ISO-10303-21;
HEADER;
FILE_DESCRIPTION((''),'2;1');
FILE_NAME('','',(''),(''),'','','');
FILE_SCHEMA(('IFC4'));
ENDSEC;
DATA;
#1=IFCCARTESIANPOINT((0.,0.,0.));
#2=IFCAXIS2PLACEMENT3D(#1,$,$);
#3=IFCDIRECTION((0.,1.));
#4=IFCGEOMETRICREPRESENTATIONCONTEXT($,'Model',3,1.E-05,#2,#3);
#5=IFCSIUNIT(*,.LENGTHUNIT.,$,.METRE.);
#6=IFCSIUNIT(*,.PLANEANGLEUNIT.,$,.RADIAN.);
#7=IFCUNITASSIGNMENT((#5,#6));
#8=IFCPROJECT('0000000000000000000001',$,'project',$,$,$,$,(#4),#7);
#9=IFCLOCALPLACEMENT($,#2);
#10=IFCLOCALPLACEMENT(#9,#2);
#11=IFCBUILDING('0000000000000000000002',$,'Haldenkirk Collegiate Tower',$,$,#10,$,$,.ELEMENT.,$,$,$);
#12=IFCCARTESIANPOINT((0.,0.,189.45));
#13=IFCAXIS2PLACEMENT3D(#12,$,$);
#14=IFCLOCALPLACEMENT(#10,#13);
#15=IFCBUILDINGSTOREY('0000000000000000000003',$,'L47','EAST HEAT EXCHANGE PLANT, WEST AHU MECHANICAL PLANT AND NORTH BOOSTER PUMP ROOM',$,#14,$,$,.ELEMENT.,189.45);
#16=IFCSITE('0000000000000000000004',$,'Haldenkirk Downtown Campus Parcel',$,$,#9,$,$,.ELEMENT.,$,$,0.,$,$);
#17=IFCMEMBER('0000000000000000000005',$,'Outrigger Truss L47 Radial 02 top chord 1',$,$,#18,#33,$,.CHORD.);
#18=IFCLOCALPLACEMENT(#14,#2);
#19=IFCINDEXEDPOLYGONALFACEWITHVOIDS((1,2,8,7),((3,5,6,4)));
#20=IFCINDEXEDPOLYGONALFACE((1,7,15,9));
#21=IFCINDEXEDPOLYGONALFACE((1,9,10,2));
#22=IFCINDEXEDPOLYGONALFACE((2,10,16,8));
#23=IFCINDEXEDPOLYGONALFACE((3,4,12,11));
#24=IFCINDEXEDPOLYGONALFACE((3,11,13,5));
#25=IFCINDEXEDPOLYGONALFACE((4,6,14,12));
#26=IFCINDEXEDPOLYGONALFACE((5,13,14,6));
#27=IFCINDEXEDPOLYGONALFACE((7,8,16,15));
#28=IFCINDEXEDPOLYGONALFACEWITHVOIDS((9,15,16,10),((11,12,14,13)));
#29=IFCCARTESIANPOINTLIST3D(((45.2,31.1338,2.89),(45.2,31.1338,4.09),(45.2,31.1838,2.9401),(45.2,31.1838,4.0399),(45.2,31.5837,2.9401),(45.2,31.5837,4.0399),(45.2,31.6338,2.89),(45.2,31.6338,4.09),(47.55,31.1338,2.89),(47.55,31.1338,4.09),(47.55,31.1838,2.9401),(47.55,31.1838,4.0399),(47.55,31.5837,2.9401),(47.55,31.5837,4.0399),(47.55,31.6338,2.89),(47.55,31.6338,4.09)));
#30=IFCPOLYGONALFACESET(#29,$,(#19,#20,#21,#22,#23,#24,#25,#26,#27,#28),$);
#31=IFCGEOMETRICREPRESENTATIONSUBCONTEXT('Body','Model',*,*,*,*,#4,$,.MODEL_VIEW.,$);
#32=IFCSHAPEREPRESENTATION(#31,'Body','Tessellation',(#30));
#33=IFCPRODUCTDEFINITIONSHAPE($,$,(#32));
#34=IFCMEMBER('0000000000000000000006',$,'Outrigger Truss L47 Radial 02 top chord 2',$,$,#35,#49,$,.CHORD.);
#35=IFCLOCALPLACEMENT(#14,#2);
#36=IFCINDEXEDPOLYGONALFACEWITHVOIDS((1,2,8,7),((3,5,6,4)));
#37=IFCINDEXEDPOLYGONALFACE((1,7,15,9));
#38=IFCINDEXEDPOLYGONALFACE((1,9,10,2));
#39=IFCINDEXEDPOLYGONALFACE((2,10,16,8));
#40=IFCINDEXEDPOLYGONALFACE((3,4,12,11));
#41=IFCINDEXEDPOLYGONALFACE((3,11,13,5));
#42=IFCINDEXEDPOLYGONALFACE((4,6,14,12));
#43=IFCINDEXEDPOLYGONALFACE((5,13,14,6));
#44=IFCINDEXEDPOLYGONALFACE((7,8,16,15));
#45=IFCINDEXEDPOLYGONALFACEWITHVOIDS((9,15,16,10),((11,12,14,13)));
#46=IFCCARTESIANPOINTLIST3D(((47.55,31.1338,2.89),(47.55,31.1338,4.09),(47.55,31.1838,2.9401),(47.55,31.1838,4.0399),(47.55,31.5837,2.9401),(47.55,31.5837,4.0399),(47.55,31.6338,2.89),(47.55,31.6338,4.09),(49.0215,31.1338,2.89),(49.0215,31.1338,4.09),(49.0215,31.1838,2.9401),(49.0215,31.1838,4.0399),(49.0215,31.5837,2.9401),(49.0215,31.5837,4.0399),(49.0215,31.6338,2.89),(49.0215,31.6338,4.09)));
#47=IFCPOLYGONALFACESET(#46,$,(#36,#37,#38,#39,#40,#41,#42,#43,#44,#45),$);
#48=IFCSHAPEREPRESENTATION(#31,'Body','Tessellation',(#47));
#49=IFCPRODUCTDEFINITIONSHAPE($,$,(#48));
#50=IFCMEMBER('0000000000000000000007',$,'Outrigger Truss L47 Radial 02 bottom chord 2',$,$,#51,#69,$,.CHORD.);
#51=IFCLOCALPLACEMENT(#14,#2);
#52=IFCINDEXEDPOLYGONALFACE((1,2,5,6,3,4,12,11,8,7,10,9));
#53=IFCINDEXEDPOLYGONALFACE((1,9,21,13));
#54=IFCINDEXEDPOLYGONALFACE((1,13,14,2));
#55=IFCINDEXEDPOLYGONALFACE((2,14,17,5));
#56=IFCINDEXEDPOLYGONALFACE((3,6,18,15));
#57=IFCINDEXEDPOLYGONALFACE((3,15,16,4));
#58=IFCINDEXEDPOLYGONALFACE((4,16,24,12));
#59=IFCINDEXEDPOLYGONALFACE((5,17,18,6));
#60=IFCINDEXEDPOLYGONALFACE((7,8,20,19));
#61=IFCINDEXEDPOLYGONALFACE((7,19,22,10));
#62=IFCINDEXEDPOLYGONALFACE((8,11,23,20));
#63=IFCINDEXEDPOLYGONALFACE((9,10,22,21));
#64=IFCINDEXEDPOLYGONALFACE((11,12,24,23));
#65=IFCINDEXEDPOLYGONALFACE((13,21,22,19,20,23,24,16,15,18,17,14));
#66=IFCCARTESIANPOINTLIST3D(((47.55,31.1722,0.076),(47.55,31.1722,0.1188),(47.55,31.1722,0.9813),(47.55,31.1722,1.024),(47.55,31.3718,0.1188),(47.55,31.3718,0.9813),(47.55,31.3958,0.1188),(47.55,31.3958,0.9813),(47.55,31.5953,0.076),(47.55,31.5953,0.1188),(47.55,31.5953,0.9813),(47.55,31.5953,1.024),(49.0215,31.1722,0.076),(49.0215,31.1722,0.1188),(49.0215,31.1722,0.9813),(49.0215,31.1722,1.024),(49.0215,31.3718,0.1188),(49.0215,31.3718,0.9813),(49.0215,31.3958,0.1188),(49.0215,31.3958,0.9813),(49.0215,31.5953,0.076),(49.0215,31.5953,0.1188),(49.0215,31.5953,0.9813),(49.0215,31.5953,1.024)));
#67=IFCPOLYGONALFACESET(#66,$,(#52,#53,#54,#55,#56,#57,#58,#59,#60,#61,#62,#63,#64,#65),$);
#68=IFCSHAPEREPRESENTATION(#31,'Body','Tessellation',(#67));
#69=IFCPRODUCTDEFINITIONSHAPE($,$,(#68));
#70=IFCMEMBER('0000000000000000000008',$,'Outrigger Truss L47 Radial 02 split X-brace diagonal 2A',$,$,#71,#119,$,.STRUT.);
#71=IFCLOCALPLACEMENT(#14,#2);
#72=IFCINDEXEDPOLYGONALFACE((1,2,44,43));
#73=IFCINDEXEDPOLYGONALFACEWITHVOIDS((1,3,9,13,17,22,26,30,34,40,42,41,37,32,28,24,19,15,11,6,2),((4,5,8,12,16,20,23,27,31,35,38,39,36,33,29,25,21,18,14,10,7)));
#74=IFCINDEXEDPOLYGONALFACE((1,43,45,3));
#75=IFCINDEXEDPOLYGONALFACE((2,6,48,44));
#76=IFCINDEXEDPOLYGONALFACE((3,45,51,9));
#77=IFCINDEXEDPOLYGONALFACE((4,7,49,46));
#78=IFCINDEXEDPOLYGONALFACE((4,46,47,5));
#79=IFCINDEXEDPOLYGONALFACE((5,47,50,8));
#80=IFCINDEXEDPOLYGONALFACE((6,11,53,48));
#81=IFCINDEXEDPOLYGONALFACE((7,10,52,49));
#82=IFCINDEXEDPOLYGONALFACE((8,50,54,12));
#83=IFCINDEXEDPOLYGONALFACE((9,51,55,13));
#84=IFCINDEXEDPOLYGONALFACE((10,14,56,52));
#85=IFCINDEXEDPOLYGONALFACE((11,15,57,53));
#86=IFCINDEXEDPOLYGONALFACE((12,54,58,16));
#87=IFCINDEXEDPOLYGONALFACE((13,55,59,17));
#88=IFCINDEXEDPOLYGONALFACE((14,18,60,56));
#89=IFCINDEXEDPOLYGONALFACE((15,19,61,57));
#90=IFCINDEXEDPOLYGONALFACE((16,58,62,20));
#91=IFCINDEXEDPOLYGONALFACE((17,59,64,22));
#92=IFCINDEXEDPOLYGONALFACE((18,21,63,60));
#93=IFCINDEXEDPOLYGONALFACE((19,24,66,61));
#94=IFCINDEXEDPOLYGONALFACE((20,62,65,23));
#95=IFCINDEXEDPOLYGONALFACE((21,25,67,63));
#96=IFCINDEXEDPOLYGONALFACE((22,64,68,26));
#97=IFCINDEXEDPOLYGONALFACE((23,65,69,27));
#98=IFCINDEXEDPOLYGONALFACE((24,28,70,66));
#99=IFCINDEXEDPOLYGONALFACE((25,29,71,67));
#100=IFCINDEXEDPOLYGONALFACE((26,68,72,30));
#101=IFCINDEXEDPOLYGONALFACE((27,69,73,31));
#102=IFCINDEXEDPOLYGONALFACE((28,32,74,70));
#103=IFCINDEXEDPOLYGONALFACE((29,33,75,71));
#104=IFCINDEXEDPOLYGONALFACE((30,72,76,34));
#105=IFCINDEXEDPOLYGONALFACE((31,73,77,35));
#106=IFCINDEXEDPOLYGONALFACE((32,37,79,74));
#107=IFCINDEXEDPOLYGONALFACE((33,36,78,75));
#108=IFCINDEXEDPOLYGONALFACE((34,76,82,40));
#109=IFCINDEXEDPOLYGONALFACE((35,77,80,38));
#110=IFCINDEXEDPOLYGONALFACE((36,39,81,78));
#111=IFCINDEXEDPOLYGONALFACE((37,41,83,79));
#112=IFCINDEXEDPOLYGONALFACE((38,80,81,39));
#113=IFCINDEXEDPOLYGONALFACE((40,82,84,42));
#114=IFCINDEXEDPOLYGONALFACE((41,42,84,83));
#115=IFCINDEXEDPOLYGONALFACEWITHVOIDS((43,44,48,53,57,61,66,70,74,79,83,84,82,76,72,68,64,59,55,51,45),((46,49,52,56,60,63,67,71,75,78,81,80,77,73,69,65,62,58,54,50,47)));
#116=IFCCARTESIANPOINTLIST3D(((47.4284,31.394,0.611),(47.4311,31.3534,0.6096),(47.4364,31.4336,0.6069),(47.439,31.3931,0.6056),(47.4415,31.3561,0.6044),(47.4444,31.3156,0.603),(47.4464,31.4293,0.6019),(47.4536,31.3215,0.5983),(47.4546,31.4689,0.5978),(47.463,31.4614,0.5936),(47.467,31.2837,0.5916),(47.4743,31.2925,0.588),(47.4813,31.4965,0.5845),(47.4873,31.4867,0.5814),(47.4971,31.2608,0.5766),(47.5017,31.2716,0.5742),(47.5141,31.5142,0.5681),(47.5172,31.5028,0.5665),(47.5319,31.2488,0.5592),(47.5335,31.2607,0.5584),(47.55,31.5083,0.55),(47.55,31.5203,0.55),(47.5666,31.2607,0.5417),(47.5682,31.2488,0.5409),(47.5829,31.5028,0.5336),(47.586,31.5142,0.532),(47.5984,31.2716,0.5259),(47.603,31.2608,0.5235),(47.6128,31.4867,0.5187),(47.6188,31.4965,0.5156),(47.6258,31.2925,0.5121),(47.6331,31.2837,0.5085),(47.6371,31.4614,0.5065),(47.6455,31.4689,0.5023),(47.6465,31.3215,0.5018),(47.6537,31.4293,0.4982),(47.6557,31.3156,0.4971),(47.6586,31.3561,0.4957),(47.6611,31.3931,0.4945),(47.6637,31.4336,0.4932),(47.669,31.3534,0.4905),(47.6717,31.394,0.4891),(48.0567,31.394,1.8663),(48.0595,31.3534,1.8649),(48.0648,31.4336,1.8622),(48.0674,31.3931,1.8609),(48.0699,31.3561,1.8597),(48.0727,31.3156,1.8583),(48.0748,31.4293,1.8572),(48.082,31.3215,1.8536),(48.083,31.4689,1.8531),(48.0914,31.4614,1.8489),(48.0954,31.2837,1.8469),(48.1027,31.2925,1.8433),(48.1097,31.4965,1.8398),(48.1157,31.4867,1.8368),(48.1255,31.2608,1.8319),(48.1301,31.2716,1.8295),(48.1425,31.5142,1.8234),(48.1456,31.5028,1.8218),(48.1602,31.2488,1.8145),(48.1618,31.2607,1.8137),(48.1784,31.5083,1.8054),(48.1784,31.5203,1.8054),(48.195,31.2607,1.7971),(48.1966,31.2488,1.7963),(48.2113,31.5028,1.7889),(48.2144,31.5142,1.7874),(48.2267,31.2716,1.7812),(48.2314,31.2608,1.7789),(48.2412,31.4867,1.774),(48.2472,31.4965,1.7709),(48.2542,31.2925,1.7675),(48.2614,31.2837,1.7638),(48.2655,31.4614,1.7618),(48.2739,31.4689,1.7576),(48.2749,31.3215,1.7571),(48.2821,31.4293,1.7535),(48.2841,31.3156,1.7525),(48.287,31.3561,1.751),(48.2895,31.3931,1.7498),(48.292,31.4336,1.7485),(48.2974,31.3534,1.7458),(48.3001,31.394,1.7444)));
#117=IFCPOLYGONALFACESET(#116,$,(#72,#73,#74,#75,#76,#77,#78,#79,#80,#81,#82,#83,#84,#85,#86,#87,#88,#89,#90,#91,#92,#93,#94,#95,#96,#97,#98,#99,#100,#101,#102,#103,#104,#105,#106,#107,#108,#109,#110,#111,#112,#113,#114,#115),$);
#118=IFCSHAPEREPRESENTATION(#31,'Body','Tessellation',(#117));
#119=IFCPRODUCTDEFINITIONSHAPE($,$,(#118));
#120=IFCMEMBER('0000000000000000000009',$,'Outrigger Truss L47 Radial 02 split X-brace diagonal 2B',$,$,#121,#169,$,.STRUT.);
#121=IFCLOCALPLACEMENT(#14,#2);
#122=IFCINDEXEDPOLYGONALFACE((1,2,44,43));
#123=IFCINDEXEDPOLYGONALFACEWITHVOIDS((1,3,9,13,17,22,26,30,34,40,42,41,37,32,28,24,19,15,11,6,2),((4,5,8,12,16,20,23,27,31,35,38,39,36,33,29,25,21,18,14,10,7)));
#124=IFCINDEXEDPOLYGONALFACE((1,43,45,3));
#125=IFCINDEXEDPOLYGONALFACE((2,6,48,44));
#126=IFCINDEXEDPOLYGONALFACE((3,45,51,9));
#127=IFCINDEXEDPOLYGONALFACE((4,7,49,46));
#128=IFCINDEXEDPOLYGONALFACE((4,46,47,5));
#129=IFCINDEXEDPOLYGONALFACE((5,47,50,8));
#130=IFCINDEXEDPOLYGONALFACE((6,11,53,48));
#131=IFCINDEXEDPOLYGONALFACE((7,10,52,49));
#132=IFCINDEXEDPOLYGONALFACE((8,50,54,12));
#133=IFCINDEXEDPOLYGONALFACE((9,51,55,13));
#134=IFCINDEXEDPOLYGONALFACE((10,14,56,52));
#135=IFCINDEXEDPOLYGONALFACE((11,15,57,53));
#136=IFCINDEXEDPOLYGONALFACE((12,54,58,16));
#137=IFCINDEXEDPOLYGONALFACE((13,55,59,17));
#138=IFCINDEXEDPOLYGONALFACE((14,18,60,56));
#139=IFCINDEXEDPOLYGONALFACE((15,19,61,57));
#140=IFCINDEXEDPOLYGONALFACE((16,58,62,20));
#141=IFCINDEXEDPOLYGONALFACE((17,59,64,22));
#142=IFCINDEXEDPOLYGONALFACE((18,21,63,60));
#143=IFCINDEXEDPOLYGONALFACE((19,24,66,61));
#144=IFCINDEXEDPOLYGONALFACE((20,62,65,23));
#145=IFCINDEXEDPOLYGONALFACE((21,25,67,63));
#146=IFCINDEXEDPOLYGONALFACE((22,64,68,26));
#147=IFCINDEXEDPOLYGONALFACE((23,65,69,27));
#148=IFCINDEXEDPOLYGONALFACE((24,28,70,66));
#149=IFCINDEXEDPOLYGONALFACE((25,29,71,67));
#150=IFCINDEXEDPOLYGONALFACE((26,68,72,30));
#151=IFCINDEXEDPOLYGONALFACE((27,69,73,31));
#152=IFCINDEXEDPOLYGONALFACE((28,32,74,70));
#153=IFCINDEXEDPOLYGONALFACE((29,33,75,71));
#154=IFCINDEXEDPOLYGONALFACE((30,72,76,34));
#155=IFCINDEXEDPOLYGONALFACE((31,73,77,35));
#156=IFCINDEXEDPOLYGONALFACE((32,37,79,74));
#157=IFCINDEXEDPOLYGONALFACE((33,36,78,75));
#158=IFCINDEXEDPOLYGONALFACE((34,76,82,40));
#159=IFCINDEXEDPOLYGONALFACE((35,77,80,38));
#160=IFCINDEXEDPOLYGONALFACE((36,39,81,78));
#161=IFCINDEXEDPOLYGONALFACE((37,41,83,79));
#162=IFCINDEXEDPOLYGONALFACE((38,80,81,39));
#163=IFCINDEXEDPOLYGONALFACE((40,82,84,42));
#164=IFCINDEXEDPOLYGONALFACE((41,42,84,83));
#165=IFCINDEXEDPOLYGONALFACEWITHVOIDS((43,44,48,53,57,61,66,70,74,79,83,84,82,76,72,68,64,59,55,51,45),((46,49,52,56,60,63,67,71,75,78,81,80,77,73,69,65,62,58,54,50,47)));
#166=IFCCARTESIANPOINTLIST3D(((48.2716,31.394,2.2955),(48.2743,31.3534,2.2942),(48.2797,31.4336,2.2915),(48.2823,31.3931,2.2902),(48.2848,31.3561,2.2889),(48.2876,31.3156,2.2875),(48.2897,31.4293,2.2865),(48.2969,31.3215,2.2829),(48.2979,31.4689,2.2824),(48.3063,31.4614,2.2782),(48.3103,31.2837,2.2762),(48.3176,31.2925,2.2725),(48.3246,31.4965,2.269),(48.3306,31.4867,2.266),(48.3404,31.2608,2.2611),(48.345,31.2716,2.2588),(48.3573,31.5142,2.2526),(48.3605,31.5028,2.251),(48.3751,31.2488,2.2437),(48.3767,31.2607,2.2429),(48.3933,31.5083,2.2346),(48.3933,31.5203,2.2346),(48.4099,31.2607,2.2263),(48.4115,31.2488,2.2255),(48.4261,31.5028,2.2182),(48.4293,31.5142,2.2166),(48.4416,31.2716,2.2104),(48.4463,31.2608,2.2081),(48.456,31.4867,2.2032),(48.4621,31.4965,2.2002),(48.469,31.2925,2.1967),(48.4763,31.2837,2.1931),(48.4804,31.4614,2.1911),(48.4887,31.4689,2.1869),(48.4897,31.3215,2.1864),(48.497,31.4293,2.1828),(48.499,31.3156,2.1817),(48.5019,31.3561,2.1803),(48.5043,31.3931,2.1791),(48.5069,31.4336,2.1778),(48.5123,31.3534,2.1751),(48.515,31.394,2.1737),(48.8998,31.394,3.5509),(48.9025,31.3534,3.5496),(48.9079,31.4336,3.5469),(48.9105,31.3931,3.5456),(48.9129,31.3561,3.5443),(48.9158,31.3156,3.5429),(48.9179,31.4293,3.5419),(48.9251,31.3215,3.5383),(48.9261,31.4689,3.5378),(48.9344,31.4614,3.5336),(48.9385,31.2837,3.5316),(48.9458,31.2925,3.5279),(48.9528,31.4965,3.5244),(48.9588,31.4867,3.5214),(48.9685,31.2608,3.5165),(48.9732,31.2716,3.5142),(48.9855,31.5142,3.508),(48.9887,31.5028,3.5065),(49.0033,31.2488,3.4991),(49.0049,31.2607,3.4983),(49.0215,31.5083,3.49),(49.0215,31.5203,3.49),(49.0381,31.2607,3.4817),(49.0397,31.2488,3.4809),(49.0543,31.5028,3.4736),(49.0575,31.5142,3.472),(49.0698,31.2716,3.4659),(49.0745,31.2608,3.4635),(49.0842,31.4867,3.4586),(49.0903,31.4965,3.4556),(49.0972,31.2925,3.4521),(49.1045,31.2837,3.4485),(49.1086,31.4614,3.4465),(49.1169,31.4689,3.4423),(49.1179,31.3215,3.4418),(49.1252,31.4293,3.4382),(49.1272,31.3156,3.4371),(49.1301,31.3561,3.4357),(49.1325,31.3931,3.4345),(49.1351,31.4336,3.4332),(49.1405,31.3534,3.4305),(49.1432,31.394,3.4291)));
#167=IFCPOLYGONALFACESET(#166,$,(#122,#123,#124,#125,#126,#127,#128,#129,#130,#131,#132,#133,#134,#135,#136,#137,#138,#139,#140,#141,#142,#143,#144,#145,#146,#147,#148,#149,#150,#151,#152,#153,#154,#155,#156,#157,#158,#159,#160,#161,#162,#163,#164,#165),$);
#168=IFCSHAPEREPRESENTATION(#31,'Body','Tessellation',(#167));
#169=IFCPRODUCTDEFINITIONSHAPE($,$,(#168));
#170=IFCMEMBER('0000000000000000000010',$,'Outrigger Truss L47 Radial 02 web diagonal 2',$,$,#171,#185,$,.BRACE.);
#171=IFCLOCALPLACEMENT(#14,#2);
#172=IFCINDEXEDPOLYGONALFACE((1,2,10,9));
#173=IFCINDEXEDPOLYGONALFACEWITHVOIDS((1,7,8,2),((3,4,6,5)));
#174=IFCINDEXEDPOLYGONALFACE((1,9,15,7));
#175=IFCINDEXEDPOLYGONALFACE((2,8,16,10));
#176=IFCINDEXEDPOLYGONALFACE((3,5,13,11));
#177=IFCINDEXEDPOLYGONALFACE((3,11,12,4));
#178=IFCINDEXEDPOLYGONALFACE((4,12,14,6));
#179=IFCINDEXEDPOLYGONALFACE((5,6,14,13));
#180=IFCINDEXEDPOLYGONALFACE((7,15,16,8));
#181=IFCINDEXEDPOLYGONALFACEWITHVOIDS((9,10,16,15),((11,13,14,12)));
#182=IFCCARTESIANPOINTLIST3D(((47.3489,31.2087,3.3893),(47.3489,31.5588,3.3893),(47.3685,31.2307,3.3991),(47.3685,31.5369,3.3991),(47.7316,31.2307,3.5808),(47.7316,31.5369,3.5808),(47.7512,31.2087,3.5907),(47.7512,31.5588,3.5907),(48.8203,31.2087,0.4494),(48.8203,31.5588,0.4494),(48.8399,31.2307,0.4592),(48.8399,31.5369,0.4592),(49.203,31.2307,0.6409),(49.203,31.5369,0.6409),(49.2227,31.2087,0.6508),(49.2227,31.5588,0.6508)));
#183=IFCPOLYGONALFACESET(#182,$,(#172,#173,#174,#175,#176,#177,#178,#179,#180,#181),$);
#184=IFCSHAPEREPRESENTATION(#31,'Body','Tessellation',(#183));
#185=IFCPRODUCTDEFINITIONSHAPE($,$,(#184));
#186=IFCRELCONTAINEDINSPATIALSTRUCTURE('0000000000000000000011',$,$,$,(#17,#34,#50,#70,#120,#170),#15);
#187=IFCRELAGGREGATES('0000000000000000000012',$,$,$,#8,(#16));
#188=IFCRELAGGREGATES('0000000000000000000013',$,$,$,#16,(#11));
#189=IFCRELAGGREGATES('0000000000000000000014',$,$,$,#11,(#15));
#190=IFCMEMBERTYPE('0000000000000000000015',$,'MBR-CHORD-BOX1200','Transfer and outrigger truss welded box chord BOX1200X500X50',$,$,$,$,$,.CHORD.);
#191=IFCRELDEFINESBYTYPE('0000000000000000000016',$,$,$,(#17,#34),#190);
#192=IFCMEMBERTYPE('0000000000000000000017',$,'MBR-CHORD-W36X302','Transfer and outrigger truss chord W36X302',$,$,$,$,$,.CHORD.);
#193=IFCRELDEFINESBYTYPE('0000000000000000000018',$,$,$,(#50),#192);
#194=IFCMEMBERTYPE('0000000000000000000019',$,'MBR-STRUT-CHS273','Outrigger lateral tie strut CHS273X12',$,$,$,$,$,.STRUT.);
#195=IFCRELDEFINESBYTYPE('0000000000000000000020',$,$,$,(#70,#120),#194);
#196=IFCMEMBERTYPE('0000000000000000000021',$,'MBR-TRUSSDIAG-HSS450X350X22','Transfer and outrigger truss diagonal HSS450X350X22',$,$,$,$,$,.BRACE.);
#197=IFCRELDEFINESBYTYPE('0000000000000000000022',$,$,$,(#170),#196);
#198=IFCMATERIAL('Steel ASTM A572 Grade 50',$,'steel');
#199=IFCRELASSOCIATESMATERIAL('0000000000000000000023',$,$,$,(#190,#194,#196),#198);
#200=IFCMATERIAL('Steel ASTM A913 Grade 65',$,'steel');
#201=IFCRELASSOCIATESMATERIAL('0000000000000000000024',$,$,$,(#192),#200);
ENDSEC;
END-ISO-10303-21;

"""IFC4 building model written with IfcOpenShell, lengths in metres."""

from ifc_helpers import new_model, si_unit, direction, frame, origin, origin_2d, place, context, subcontext, project, spatial, hollow_rectangle, hollow_circle, i_section, extrude, material, material_profile, profile_set, type_object, element, save


model = new_model("IFC4")

# Units and contexts
model_context = context("Model", 3, precision=1e-05, world=origin(), true_north=direction((0.0, 1.0)))
body_context = subcontext(model_context, "Body", "Model", "MODEL_VIEW")
ifc_project = project(units=[si_unit("LENGTHUNIT", "METRE"), si_unit("PLANEANGLEUNIT", "RADIAN")], contexts=[model_context])

# Site, building, storey
site_placement = place(None, origin())
site = spatial("IfcSite", under=ifc_project, at=site_placement, Name="Haldenkirk Downtown Campus Parcel", CompositionType="ELEMENT", RefElevation=0.0)
building_placement = place(site_placement, origin())
building = spatial("IfcBuilding", under=site, at=building_placement, Name="Haldenkirk Collegiate Tower", CompositionType="ELEMENT")
storey_placement = place(building_placement, frame((0.0, 0.0, 189.45)))
storey = spatial("IfcBuildingStorey", under=building, at=storey_placement, Name="L47", Description="EAST HEAT EXCHANGE PLANT, WEST AHU MECHANICAL PLANT AND NORTH BOOSTER PUMP ROOM", CompositionType="ELEMENT", Elevation=189.45)

# Members
ifc_material_1 = material(Name="Steel ASTM A572 Grade 50", Category="steel")
ifc_material_profile_1 = material_profile(ifc_material_1, hollow_rectangle(XDim=0.5, YDim=1.2, WallThickness=0.05, at=origin_2d()), Name="BOX1200X500X50")
ifc_profile_set_1 = profile_set([ifc_material_profile_1], Name="Steel ASTM A572 Grade 50")
member_type_1 = type_object("IfcMemberType", Name="MBR-CHORD-BOX1200", Description="Transfer and outrigger truss welded box chord BOX1200X500X50", PredefinedType="CHORD", material=ifc_profile_set_1)
member_1_placement = place(storey_placement, frame((45.2, 31.3838, 3.49), z_axis=(1.0, 0.0, 0.0), x_axis=(0.0, 1.0, 0.0)))
element("IfcMember", 1, at=member_1_placement, inside=storey, type_object=member_type_1, Name="Outrigger Truss L47 Radial 02 top chord 1", PredefinedType="CHORD", context=body_context, shape_type="SweptSolid", body=[
    extrude(hollow_rectangle(XDim=0.5, YDim=1.2, WallThickness=0.05, at=origin_2d()), origin(), (0.0, 0.0, 1.0), 2.3501),
])
member_2_placement = place(storey_placement, frame((47.55, 31.3838, 3.49), z_axis=(1.0, 0.0, 0.0), x_axis=(0.0, 1.0, 0.0)))
element("IfcMember", 2, at=member_2_placement, inside=storey, type_object=member_type_1, Name="Outrigger Truss L47 Radial 02 top chord 2", PredefinedType="CHORD", context=body_context, shape_type="SweptSolid", body=[
    extrude(hollow_rectangle(XDim=0.5, YDim=1.2, WallThickness=0.05, at=origin_2d()), origin(), (0.0, 0.0, 1.0), 1.4714),
])
ifc_material_2 = material(Name="Steel ASTM A913 Grade 65", Category="steel")
ifc_material_profile_2 = material_profile(ifc_material_2, i_section(OverallWidth=0.4231, OverallDepth=0.948, WebThickness=0.0239, FlangeThickness=0.0427, at=origin_2d()), Name="W36X302")
ifc_profile_set_2 = profile_set([ifc_material_profile_2], Name="Steel ASTM A913 Grade 65")
member_type_2 = type_object("IfcMemberType", Name="MBR-CHORD-W36X302", Description="Transfer and outrigger truss chord W36X302", PredefinedType="CHORD", material=ifc_profile_set_2)
member_3_placement = place(storey_placement, frame((47.55, 31.3838, 0.55), z_axis=(1.0, 0.0, 0.0), x_axis=(0.0, 1.0, 0.0)))
element("IfcMember", 3, at=member_3_placement, inside=storey, type_object=member_type_2, Name="Outrigger Truss L47 Radial 02 bottom chord 2", PredefinedType="CHORD", context=body_context, shape_type="SweptSolid", body=[
    extrude(i_section(OverallWidth=0.4231, OverallDepth=0.948, WebThickness=0.0239, FlangeThickness=0.0427, at=origin_2d()), origin(), (0.0, 0.0, 1.0), 1.4714),
])
ifc_material_profile_3 = material_profile(ifc_material_1, hollow_circle(Radius=0.1365, WallThickness=0.012, at=origin_2d()), Name="CHS273X12")
ifc_profile_set_3 = profile_set([ifc_material_profile_3], Name="Steel ASTM A572 Grade 50")
member_type_3 = type_object("IfcMemberType", Name="MBR-STRUT-CHS273", Description="Outrigger lateral tie strut CHS273X12", PredefinedType="STRUT", material=ifc_profile_set_3)
for number, where, z_axis, x_axis, name in (
    (4, (47.55, 31.3838, 0.55), (0.447631, 0.0, 0.894218), (0.0, 1.0, 0.0), "Outrigger Truss L47 Radial 02 split X-brace diagonal 2A"),
    (5, (48.3933, 31.3838, 2.2346), (0.447492, 0.0, 0.894288), (0.0, 1.0, 0.0), "Outrigger Truss L47 Radial 02 split X-brace diagonal 2B"),
):
    element("IfcMember", number, at=place(storey_placement, frame(where, z_axis=z_axis, x_axis=x_axis)), inside=storey, type_object=member_type_3, Name=name, PredefinedType="STRUT", context=body_context, shape_type="SweptSolid", body=[
        extrude(hollow_circle(Radius=0.1365, WallThickness=0.012, at=origin_2d()), origin(), (0.0, 0.0, 1.0), 1.4038),
    ])
ifc_material_profile_4 = material_profile(ifc_material_1, hollow_rectangle(XDim=0.3501, YDim=0.45, WallThickness=0.022, at=origin_2d()), Name="HSS450X350X22")
ifc_profile_set_4 = profile_set([ifc_material_profile_4], Name="Steel ASTM A572 Grade 50")
member_type_4 = type_object("IfcMemberType", Name="MBR-TRUSSDIAG-HSS450X350X22", Description="Transfer and outrigger truss diagonal HSS450X350X22", PredefinedType="BRACE", material=ifc_profile_set_4)
member_4_placement = place(storey_placement, frame((47.55, 31.3838, 3.49), z_axis=(0.44757, 0.0, -0.894249), x_axis=(0.0, 1.0, 0.0)))
element("IfcMember", 6, at=member_4_placement, inside=storey, type_object=member_type_4, Name="Outrigger Truss L47 Radial 02 web diagonal 2", PredefinedType="BRACE", context=body_context, shape_type="SweptSolid", body=[
    extrude(hollow_rectangle(XDim=0.3501, YDim=0.45, WallThickness=0.022, at=origin_2d()), origin(), (0.0, 0.0, 1.0), 3.2876),
])

save(model, "model.ifc")
